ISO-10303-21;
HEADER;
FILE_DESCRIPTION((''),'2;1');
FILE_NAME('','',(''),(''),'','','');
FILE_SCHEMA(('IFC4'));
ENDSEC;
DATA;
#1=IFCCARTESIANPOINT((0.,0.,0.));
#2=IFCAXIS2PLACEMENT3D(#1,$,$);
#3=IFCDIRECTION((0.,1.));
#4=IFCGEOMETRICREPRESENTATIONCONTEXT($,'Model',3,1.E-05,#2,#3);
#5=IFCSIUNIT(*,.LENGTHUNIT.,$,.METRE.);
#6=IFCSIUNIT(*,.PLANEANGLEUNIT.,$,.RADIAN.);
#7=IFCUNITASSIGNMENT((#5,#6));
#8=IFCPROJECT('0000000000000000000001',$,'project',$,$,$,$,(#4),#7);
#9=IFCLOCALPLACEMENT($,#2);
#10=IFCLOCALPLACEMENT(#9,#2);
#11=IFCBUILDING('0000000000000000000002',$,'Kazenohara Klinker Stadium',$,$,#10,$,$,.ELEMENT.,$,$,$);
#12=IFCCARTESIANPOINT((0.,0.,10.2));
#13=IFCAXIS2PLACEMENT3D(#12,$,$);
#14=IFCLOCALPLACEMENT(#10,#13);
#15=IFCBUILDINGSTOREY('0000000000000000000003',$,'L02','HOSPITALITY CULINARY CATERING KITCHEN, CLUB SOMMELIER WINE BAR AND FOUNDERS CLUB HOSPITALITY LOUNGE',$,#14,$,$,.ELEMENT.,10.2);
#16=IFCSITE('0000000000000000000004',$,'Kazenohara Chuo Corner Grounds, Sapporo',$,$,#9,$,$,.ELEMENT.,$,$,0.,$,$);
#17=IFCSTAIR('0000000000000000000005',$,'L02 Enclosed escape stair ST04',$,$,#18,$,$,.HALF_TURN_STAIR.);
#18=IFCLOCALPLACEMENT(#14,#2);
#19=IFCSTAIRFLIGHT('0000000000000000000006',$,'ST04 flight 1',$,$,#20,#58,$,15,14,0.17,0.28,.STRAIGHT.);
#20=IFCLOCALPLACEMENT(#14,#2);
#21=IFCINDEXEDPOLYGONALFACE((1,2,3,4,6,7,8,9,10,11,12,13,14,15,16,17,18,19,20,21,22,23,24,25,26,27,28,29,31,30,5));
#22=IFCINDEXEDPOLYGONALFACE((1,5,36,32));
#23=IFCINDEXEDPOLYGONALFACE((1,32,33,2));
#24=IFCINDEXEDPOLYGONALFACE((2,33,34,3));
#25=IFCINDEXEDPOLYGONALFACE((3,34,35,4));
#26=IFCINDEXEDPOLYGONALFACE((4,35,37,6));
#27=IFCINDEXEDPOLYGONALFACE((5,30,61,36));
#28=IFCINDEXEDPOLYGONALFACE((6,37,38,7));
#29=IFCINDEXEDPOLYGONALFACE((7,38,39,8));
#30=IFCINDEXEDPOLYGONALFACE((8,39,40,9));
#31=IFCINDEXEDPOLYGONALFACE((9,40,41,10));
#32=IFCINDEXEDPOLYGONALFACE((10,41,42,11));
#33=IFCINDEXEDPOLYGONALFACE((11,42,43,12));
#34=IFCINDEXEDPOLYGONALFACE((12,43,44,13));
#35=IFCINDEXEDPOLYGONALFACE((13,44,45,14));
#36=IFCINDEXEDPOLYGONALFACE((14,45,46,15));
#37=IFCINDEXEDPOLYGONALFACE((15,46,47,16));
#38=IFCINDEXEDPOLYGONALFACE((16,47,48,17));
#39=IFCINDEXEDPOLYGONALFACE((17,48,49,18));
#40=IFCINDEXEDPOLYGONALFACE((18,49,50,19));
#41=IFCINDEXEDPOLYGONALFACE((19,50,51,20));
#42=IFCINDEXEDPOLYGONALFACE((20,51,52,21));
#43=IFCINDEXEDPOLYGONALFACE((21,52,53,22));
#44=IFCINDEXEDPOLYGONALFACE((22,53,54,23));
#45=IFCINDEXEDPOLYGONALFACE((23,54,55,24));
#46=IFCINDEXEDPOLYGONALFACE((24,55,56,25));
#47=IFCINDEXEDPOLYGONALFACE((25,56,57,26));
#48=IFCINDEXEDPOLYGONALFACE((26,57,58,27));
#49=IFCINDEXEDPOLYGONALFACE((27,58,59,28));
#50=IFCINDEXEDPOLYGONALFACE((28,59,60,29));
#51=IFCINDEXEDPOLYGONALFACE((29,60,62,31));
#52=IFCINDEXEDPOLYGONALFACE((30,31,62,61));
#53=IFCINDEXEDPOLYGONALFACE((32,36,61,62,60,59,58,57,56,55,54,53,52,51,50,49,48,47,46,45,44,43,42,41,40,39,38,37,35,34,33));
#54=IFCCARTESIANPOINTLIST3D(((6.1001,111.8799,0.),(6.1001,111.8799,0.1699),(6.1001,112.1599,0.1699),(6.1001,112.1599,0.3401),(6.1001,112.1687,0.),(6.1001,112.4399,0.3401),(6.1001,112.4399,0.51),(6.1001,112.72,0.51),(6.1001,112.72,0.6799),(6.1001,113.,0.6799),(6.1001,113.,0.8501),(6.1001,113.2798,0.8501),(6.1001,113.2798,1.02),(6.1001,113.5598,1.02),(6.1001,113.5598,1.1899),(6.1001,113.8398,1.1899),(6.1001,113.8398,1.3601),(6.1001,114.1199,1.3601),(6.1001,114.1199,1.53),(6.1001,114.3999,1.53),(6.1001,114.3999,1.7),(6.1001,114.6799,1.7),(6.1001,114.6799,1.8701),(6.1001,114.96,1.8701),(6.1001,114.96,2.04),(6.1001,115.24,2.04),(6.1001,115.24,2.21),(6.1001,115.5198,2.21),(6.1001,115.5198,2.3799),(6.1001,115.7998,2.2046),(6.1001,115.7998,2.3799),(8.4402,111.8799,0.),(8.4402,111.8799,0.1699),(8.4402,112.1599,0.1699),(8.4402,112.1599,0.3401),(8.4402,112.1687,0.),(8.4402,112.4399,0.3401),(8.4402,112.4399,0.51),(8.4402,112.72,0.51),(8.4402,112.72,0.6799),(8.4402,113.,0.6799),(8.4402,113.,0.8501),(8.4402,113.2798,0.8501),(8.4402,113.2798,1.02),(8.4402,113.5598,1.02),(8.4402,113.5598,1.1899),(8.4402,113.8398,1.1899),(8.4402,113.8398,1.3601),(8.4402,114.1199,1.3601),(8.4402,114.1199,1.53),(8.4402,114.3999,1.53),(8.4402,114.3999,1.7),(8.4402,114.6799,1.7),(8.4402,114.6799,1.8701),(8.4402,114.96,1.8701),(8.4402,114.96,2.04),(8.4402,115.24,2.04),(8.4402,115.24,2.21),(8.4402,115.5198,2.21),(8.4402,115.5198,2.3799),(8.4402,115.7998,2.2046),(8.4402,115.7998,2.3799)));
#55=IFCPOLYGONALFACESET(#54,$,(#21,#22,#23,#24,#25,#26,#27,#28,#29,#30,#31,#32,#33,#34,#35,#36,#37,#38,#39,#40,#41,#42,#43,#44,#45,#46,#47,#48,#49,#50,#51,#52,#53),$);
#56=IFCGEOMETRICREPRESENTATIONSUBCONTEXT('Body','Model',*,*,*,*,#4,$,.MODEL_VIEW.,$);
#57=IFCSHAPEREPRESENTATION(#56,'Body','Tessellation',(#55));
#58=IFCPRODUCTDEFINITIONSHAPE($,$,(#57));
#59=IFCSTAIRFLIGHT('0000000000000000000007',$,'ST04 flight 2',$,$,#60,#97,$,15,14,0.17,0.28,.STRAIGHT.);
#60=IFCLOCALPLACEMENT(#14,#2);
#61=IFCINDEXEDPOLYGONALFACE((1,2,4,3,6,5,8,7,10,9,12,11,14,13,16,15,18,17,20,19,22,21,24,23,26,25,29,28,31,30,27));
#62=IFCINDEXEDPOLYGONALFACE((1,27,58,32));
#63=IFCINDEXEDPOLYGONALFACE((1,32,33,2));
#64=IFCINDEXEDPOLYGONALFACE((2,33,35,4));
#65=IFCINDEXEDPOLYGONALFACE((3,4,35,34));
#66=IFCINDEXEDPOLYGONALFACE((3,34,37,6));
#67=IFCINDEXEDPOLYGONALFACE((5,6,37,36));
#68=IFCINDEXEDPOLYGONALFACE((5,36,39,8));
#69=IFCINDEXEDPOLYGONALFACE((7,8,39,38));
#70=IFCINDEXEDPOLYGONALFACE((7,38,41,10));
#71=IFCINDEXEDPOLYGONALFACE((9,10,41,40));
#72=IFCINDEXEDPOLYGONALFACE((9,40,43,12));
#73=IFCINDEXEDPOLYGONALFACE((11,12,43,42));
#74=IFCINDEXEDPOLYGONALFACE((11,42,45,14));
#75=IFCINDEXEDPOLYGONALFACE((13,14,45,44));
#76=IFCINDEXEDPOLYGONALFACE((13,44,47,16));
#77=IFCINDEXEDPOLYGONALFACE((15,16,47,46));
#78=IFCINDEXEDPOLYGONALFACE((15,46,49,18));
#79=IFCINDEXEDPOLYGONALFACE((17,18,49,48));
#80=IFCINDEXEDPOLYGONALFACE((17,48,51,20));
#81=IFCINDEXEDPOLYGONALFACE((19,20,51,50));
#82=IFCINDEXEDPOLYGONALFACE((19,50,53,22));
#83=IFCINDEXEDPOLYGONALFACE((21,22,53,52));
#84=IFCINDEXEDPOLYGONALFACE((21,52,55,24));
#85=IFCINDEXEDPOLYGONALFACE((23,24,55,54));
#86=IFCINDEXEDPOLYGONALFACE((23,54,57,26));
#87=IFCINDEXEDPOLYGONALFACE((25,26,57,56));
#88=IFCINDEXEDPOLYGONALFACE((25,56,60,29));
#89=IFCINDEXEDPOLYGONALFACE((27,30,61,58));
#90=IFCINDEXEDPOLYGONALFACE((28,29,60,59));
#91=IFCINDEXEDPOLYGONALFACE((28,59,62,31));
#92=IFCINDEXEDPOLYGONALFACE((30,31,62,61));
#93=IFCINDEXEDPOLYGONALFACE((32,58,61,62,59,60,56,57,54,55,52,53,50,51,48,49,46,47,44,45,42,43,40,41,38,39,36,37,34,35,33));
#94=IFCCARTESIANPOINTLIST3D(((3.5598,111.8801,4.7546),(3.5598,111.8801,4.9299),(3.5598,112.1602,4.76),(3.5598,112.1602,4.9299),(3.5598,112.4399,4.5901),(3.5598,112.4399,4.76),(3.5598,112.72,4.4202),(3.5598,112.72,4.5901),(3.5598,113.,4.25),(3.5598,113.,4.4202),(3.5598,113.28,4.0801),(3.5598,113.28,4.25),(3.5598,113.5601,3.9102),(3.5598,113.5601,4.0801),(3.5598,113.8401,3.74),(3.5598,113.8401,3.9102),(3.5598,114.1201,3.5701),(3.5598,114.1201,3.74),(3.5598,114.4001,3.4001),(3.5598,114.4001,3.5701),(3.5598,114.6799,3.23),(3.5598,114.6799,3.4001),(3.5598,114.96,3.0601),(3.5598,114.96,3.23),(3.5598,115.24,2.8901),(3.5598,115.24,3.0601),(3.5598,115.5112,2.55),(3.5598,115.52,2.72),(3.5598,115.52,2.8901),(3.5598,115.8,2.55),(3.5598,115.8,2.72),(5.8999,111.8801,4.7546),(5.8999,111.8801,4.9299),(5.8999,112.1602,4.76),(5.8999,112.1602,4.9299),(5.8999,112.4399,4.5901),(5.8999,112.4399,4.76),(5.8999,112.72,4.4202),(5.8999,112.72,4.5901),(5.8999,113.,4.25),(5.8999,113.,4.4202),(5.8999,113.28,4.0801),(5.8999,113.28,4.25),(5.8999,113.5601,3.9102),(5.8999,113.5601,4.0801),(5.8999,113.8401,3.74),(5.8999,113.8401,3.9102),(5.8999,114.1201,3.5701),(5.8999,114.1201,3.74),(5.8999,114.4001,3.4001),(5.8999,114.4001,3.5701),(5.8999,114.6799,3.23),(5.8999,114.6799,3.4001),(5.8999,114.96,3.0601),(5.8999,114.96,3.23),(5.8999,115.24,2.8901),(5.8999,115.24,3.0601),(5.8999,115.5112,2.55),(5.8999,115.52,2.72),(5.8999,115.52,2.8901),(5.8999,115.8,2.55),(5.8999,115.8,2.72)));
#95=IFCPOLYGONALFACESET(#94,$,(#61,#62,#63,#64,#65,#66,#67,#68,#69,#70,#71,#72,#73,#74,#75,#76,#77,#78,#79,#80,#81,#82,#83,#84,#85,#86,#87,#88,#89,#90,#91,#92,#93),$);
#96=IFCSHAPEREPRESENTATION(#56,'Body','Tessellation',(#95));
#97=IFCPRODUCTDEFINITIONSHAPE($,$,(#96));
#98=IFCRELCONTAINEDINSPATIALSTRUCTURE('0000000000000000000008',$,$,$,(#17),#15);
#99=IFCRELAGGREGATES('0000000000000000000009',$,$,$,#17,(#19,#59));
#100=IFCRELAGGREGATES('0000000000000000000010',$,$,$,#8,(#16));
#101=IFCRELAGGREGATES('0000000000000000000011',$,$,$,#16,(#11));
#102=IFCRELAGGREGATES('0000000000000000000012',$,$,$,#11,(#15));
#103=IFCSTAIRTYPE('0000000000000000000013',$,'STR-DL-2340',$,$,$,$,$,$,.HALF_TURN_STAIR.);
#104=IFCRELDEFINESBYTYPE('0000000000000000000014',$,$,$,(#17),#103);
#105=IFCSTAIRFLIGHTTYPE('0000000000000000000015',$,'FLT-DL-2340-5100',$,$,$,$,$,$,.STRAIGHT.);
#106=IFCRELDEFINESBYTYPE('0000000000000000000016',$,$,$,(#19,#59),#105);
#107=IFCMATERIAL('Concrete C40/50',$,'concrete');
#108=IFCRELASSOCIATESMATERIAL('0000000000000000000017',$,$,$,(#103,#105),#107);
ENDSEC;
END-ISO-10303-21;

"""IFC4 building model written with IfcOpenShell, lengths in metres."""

from ifc_helpers import new_model, si_unit, direction, frame, origin, place, context, subcontext, project, spatial, polyline, outline, extrude, material, type_object, element, aggregate, save


model = new_model("IFC4")

# Units and contexts
model_context = context("Model", 3, precision=1e-05, world=origin(), true_north=direction((0.0, 1.0)))
body_context = subcontext(model_context, "Body", "Model", "MODEL_VIEW")
ifc_project = project(units=[si_unit("LENGTHUNIT", "METRE"), si_unit("PLANEANGLEUNIT", "RADIAN")], contexts=[model_context])

# Site, building, storey
site_placement = place(None, origin())
site = spatial("IfcSite", under=ifc_project, at=site_placement, Name="Kazenohara Chuo Corner Grounds, Sapporo", CompositionType="ELEMENT", RefElevation=0.0)
building_placement = place(site_placement, origin())
building = spatial("IfcBuilding", under=site, at=building_placement, Name="Kazenohara Klinker Stadium", CompositionType="ELEMENT")
storey_placement = place(building_placement, frame((0.0, 0.0, 10.2)))
storey = spatial("IfcBuildingStorey", under=building, at=storey_placement, Name="L02", Description="HOSPITALITY CULINARY CATERING KITCHEN, CLUB SOMMELIER WINE BAR AND FOUNDERS CLUB HOSPITALITY LOUNGE", CompositionType="ELEMENT", Elevation=10.2)

# Shared definitions
ifc_material_1 = material(Name="Concrete C40/50", Category="concrete")

# Stair, stair flights
stair_type = type_object("IfcStairType", Name="STR-DL-2340", PredefinedType="HALF_TURN_STAIR", material=ifc_material_1)
stair_placement = place(storey_placement, origin())
stair = element("IfcStair", 1, at=stair_placement, inside=storey, type_object=stair_type, Name="L02 Enclosed escape stair ST04", PredefinedType="HALF_TURN_STAIR")
stair_flight_type = type_object("IfcStairFlightType", Name="FLT-DL-2340-5100", PredefinedType="STRAIGHT", material=ifc_material_1)
stair_flight_1_placement = place(storey_placement, frame((7.27, 111.8799, 0.0), z_axis=(0.0, 0.0, 1.0), x_axis=(0.0, 1.0, 0.0)))
stair_flight_1 = element("IfcStairFlight", 2, at=stair_flight_1_placement, type_object=stair_flight_type, Name="ST04 flight 1", NumberOfRisers=15, NumberOfTreads=14, PredefinedType="STRAIGHT", RiserHeight=0.17, TreadLength=0.28, context=body_context, shape_type="SweptSolid", body=[
    extrude(outline(polyline([(0.0, 0.0), (0.0, 0.1699), (0.28, 0.1699), (0.28, 0.3401), (0.5601, 0.3401), (0.5601, 0.51), (0.8401, 0.51), (0.8401, 0.6799), (1.1201, 0.6799), (1.1201, 0.8501), (1.3999, 0.8501), (1.3999, 1.02), (1.6799, 1.02), (1.6799, 1.1899), (1.96, 1.1899), (1.96, 1.3601), (2.24, 1.3601), (2.24, 1.53), (2.52, 1.53), (2.52, 1.7), (2.8, 1.7), (2.8, 1.8701), (3.0801, 1.8701), (3.0801, 2.04), (3.3601, 2.04), (3.3601, 2.21), (3.6399, 2.21), (3.6399, 2.3799), (3.9199, 2.3799), (3.9199, 2.55), (3.9199, 2.2046), (0.2888, 0.0), (0.0, 0.0)])), frame((0.0, 1.1699, 0.0), z_axis=(0.0, -1.0, 0.0), x_axis=(1.0, 0.0, 0.0)), (0.0, 0.0, 1.0), 2.3401),
])
stair_flight_2_placement = place(storey_placement, frame((4.73, 115.8, 2.55), z_axis=(0.0, 0.0, 1.0), x_axis=(0.0, -1.0, 0.0)))
stair_flight_2 = element("IfcStairFlight", 3, at=stair_flight_2_placement, type_object=stair_flight_type, Name="ST04 flight 2", NumberOfRisers=15, NumberOfTreads=14, PredefinedType="STRAIGHT", RiserHeight=0.17, TreadLength=0.28, context=body_context, shape_type="SweptSolid", body=[
    extrude(outline(polyline([(0.0, 0.0), (0.0, 0.1699), (0.28, 0.1699), (0.28, 0.3401), (0.5601, 0.3401), (0.5601, 0.51), (0.8401, 0.51), (0.8401, 0.6799), (1.1201, 0.6799), (1.1201, 0.8501), (1.3999, 0.8501), (1.3999, 1.02), (1.6799, 1.02), (1.6799, 1.1899), (1.96, 1.1899), (1.96, 1.3601), (2.24, 1.3601), (2.24, 1.53), (2.52, 1.53), (2.52, 1.7), (2.8, 1.7), (2.8, 1.8701), (3.0801, 1.8701), (3.0801, 2.04), (3.3601, 2.04), (3.3601, 2.21), (3.6399, 2.21), (3.6399, 2.3799), (3.9199, 2.3799), (3.9199, 2.55), (3.9199, 2.2046), (0.2888, 0.0), (0.0, 0.0)])), frame((0.0, 1.1699, 0.0), z_axis=(0.0, -1.0, 0.0), x_axis=(1.0, 0.0, 0.0)), (0.0, 0.0, 1.0), 2.3401),
])
aggregate(stair, [stair_flight_1, stair_flight_2])

save(model, "model.ifc")
